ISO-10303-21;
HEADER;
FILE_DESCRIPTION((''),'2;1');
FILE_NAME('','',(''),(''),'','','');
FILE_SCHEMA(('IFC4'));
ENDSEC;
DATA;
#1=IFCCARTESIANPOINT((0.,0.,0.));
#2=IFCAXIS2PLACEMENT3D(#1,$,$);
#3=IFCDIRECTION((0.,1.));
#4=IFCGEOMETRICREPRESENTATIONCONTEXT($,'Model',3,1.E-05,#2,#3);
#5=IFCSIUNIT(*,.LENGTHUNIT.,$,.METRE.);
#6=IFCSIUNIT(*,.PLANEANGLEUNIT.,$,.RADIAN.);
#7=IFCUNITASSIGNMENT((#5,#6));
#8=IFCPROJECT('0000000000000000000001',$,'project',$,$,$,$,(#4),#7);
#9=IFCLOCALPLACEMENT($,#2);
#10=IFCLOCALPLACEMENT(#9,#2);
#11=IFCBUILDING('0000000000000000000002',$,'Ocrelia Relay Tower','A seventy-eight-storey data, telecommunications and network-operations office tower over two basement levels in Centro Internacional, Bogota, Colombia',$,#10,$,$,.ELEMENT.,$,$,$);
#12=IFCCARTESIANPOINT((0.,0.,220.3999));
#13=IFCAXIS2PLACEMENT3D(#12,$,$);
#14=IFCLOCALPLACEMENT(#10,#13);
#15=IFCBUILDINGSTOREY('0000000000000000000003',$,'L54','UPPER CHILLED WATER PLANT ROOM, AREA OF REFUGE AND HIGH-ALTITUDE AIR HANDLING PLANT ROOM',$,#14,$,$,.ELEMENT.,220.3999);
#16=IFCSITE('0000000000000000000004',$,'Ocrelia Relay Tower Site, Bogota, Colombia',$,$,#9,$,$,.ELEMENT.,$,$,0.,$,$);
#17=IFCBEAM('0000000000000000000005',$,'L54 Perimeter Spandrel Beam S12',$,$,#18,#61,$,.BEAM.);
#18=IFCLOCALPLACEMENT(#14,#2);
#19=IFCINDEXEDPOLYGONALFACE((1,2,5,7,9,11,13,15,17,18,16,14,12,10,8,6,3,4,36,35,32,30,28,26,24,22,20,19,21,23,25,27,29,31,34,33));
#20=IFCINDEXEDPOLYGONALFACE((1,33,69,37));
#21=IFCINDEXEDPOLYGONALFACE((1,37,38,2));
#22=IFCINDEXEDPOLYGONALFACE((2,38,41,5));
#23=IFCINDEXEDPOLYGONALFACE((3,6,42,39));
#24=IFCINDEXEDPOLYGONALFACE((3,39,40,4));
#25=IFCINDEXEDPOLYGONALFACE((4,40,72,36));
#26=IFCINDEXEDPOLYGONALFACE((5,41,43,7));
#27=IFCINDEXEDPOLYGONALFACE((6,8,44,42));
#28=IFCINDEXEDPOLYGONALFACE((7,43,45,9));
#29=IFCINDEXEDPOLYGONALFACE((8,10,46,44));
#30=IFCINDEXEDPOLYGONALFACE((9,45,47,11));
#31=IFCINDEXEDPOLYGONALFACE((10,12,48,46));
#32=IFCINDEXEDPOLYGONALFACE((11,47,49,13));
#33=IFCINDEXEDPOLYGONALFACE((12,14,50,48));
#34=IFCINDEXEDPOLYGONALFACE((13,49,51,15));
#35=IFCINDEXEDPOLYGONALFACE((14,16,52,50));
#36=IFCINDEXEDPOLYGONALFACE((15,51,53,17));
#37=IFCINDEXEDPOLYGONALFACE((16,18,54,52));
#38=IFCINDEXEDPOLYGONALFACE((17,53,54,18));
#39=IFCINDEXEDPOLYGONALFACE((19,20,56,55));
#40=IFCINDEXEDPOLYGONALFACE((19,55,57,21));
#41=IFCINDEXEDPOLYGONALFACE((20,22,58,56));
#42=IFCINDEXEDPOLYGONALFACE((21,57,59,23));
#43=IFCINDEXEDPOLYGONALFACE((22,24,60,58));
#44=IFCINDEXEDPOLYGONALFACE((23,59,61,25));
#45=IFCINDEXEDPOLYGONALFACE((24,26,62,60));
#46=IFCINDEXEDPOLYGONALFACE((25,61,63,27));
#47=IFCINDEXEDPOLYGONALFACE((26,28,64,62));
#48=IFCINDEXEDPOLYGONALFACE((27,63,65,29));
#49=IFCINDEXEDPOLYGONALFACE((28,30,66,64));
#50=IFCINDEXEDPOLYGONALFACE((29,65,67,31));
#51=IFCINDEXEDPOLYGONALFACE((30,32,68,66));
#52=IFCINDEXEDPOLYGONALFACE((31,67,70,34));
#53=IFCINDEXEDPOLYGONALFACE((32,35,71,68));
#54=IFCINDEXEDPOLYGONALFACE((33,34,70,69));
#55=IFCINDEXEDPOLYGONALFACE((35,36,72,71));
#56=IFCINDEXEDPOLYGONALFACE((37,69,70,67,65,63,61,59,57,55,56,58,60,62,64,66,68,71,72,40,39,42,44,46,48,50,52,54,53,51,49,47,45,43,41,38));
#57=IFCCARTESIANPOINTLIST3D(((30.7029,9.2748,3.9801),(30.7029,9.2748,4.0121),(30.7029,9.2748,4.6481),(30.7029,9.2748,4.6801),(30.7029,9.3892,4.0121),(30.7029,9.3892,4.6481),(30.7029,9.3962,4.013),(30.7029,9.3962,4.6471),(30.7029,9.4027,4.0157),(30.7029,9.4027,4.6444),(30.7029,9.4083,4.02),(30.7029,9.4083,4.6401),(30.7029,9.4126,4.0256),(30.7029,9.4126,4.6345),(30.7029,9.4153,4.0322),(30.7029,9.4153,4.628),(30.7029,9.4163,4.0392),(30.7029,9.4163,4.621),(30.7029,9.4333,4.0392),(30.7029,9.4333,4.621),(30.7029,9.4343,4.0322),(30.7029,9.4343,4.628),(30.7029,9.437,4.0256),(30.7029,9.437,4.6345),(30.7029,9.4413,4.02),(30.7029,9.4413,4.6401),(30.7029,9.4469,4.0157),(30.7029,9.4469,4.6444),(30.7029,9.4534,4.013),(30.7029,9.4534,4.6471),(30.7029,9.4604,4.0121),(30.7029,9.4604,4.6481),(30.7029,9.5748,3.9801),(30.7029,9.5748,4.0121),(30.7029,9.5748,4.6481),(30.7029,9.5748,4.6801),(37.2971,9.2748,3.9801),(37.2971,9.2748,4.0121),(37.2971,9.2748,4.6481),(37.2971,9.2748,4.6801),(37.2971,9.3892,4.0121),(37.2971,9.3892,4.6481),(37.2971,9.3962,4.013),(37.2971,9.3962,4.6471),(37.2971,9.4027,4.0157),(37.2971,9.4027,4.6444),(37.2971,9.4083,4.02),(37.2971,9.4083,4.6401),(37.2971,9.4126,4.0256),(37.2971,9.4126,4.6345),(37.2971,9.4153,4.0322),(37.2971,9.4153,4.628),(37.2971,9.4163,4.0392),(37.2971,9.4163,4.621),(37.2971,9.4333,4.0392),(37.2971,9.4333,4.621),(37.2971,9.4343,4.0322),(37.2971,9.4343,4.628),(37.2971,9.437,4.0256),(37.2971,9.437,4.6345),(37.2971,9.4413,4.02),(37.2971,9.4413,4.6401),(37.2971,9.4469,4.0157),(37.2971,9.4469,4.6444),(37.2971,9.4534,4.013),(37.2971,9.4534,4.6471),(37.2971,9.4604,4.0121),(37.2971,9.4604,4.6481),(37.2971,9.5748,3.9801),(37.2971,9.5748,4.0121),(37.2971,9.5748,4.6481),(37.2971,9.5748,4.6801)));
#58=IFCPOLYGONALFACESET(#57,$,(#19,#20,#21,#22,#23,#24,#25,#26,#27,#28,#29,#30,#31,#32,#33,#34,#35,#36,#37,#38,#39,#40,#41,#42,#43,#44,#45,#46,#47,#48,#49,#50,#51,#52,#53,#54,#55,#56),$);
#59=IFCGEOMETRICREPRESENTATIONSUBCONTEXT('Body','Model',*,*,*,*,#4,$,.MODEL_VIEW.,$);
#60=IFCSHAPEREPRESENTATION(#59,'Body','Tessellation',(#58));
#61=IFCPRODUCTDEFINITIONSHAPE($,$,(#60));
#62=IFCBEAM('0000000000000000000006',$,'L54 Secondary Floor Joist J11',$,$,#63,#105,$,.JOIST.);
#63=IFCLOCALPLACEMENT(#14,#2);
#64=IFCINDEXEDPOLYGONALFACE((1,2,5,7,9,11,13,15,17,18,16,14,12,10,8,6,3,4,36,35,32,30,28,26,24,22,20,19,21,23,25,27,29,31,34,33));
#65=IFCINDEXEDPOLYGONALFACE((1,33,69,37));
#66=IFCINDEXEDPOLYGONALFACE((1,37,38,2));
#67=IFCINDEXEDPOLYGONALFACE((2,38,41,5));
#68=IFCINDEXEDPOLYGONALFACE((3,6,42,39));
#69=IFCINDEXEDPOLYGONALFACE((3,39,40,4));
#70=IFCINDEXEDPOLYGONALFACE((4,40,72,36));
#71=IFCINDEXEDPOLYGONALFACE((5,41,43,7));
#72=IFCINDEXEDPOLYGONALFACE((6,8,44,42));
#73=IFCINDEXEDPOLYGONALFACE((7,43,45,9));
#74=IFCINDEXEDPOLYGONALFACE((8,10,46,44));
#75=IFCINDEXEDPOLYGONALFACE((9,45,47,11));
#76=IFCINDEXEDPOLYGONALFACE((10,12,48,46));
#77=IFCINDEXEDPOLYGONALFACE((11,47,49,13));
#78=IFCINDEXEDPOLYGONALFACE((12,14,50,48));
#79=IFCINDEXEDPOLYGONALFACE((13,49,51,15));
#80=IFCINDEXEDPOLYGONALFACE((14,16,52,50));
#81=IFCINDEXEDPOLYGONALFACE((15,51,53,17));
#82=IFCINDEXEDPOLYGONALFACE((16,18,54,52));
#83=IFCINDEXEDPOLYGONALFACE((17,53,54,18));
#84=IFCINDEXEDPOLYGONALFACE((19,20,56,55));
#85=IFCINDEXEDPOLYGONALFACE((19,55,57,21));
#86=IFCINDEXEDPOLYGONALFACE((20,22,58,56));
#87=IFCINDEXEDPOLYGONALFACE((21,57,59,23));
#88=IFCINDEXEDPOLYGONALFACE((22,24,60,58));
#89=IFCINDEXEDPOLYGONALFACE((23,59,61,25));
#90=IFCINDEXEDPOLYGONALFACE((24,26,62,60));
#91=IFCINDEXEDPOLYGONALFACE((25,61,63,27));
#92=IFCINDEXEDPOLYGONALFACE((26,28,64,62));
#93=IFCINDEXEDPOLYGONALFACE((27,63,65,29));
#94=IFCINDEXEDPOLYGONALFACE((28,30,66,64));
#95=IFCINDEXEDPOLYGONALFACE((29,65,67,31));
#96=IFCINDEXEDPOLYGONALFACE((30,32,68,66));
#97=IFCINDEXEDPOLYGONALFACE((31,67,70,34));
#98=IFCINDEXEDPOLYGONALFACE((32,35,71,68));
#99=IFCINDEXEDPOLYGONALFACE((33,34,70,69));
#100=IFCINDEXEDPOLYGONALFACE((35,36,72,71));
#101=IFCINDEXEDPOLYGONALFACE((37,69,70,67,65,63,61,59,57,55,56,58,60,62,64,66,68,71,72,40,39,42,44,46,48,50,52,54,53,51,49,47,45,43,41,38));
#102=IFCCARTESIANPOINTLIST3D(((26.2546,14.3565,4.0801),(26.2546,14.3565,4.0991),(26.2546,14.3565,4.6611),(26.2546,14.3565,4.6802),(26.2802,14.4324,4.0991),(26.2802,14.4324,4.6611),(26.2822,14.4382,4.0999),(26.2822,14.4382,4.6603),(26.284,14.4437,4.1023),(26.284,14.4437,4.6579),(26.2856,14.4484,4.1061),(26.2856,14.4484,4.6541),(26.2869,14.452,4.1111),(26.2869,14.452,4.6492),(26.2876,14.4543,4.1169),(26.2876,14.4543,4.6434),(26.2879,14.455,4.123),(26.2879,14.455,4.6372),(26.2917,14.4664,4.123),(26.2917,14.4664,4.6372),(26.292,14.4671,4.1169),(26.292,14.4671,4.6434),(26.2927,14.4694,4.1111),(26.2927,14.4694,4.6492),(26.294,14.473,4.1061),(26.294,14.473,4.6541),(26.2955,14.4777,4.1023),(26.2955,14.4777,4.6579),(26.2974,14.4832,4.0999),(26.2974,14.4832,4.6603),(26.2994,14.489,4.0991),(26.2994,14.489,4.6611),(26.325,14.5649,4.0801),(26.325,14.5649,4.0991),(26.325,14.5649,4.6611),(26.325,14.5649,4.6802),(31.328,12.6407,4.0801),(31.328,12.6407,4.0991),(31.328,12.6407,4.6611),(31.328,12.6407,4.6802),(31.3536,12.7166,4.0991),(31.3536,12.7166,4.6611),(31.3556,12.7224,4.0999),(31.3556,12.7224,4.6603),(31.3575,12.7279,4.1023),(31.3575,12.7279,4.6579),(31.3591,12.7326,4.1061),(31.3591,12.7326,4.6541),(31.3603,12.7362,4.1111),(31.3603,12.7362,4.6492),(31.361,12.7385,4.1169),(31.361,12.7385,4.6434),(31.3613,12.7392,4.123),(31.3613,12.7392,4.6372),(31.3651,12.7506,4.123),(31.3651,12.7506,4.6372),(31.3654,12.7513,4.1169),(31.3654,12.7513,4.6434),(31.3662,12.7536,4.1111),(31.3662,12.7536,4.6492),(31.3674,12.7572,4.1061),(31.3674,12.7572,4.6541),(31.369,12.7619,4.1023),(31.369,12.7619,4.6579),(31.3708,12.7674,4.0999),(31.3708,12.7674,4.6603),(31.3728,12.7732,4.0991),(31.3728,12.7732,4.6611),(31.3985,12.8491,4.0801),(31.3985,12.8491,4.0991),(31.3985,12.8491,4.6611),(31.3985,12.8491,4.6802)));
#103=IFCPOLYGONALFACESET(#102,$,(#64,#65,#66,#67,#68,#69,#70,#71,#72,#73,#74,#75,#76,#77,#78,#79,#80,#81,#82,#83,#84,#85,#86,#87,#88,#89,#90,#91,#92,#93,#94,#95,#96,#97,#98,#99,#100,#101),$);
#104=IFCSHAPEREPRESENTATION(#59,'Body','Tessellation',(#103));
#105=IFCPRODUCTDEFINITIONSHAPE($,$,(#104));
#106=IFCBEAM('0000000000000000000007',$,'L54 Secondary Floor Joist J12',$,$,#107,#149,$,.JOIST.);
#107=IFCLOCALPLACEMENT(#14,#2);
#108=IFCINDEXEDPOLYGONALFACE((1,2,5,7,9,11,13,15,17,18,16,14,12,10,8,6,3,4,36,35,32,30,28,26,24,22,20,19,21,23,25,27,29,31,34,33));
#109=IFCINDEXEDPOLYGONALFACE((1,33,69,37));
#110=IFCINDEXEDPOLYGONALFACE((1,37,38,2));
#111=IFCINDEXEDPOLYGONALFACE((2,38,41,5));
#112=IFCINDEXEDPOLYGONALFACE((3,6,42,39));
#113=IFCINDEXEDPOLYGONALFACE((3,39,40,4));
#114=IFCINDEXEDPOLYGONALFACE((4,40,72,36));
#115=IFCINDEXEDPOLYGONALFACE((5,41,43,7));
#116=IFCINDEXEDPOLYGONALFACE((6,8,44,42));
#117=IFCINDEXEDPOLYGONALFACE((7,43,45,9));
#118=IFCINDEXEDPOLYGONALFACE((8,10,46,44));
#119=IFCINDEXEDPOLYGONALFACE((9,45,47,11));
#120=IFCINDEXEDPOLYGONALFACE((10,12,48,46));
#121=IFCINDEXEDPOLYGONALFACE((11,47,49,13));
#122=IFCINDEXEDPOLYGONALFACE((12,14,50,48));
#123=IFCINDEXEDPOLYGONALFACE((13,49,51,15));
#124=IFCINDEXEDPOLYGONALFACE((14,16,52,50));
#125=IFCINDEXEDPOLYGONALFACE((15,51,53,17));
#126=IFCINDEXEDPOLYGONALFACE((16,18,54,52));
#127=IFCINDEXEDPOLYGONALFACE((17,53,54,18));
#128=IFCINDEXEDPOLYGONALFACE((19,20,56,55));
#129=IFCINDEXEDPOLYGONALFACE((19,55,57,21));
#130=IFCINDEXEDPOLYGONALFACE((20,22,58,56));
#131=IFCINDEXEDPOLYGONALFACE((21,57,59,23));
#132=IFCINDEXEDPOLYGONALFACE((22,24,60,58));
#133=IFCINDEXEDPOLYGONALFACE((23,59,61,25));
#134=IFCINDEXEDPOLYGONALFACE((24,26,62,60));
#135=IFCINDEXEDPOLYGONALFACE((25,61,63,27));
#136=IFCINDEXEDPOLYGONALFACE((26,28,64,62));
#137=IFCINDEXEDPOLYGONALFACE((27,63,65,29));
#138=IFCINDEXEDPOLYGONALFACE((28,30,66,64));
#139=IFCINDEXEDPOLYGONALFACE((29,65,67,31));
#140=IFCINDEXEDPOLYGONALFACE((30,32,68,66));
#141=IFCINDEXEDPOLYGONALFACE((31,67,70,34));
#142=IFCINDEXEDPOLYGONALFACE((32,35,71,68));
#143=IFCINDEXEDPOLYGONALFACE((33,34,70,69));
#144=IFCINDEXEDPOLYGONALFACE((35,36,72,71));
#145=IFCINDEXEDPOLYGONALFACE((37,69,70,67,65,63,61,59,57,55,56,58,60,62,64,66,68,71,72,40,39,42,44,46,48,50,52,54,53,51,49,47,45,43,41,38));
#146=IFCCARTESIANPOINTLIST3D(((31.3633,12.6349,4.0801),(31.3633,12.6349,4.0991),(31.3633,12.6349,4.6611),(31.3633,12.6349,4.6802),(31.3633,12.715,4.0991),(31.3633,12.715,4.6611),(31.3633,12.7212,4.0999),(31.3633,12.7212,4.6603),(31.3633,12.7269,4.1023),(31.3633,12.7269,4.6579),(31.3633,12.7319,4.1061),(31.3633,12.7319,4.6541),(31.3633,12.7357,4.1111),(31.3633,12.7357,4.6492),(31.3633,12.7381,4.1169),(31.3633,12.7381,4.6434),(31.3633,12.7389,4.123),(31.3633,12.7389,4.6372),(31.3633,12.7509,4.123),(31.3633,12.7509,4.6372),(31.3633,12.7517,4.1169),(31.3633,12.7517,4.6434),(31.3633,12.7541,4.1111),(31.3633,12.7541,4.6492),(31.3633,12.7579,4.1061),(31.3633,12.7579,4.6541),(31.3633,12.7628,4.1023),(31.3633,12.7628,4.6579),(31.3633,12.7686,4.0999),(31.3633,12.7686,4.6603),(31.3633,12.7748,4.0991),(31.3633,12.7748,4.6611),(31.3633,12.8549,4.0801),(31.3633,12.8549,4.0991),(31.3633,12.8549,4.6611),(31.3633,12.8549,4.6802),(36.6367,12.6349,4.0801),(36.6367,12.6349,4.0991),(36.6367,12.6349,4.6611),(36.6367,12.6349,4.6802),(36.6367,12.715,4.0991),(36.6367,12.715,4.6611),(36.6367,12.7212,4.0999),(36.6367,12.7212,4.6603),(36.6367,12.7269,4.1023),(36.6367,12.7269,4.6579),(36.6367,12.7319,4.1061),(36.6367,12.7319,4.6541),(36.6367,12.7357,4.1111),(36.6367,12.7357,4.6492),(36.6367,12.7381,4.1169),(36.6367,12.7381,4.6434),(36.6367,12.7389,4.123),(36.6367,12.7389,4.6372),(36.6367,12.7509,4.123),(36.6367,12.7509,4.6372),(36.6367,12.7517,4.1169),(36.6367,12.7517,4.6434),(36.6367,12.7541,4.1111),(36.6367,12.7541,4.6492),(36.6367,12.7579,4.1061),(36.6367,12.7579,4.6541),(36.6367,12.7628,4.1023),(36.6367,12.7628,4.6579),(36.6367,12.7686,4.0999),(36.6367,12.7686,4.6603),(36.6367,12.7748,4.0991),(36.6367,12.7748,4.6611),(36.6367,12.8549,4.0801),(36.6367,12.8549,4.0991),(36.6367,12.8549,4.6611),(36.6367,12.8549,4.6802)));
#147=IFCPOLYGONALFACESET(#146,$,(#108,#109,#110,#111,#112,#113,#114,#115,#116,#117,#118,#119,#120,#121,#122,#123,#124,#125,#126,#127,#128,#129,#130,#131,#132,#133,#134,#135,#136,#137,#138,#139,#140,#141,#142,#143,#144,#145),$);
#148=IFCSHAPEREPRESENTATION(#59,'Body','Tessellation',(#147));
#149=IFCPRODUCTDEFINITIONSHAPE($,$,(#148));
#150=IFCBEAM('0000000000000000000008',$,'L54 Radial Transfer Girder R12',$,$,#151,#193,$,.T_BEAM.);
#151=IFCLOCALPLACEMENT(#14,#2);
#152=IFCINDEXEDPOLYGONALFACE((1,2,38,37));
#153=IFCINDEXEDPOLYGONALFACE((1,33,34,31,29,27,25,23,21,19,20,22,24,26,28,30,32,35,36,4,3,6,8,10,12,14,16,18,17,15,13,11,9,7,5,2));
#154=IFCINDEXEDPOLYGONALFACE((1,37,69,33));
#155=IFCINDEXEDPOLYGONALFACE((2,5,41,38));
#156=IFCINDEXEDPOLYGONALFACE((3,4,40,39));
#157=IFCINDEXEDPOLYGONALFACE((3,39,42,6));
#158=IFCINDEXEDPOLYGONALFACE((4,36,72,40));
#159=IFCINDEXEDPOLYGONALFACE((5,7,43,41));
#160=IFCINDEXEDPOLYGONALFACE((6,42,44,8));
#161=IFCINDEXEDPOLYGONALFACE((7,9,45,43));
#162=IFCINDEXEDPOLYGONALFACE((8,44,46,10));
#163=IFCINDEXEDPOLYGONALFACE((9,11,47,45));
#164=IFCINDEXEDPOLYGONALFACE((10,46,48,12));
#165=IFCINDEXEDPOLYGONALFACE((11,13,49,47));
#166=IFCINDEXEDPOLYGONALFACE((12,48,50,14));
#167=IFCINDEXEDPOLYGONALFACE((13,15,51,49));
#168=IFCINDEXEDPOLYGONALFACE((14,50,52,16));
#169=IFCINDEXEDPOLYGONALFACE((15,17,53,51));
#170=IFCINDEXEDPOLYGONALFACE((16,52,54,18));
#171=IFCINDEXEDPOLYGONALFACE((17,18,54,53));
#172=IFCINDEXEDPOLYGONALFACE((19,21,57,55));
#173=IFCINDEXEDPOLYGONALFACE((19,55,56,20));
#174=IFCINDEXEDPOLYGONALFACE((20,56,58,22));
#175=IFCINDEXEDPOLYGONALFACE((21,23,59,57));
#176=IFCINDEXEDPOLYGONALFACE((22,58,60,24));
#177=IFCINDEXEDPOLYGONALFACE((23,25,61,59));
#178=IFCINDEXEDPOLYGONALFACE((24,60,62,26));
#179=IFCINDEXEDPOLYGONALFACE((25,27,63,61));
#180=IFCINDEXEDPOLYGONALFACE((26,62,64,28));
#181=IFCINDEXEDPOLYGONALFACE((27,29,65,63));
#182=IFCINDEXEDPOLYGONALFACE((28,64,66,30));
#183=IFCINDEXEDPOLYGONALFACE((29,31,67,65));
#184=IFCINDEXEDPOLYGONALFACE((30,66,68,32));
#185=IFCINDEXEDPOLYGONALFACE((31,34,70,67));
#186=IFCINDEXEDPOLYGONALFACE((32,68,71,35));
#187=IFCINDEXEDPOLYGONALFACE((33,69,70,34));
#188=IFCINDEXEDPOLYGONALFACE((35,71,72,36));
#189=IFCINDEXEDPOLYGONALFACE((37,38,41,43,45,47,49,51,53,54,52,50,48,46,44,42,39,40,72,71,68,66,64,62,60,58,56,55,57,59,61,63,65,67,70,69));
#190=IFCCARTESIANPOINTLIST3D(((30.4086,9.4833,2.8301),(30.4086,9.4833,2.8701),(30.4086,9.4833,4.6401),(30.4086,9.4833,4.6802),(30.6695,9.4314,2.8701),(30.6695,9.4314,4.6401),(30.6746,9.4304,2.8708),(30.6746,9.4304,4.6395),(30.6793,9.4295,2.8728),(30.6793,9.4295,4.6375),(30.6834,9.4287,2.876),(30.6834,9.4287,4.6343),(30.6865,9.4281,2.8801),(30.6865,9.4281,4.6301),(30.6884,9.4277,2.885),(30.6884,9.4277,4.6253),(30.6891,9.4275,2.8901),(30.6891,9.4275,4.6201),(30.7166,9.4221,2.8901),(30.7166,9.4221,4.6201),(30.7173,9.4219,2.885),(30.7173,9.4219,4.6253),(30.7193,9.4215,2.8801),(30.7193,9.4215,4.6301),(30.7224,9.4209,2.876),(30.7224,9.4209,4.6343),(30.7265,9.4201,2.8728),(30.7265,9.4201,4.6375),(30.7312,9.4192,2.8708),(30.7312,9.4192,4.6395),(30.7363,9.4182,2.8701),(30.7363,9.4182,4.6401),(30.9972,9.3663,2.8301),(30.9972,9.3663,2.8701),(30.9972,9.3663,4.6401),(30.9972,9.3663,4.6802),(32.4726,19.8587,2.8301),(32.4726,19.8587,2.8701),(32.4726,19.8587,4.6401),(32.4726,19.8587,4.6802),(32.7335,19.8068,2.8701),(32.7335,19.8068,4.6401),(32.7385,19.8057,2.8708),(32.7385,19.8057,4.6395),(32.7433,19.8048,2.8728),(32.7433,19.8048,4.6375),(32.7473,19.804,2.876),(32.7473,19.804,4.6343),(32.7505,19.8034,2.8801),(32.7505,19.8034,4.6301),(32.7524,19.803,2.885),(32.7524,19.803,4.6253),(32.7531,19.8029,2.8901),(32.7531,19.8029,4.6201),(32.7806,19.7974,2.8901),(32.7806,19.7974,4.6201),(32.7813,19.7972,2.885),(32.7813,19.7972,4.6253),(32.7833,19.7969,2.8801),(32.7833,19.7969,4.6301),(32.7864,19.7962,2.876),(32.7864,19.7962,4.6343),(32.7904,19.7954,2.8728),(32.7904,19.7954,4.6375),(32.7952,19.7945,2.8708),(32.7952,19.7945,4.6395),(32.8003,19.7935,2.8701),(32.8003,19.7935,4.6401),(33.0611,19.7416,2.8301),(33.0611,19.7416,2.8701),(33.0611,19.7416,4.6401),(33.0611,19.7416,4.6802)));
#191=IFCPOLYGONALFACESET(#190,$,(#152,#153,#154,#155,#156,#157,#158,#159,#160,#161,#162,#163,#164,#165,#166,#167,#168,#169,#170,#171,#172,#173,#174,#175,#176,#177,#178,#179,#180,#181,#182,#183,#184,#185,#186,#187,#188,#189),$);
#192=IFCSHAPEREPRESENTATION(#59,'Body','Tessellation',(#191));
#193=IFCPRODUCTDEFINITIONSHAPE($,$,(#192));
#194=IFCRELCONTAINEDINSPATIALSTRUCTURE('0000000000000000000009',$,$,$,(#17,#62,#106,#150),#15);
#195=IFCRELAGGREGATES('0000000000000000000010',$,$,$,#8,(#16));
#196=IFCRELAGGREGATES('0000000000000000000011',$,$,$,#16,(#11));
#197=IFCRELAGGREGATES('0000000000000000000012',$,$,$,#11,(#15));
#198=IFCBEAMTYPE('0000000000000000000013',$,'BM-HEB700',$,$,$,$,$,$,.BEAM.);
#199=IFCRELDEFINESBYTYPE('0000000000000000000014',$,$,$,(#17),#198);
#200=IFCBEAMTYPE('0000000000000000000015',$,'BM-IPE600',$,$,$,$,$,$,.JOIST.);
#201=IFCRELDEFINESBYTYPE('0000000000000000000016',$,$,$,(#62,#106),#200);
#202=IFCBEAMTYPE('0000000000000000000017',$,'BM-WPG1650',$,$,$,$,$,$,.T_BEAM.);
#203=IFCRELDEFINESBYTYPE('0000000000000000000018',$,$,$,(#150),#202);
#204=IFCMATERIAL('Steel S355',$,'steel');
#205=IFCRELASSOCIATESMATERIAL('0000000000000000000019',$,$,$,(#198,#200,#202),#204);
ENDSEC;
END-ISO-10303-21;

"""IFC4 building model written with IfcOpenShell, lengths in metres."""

from ifc_helpers import new_model, si_unit, direction, frame, origin, origin_2d, place, context, subcontext, project, spatial, i_section, extrude, material, material_profile, profile_set, type_object, element, save


model = new_model("IFC4")

# Units and contexts
model_context = context("Model", 3, precision=1e-05, world=origin(), true_north=direction((0.0, 1.0)))
body_context = subcontext(model_context, "Body", "Model", "MODEL_VIEW")
ifc_project = project(units=[si_unit("LENGTHUNIT", "METRE"), si_unit("PLANEANGLEUNIT", "RADIAN")], contexts=[model_context])

# Site, building, storey
site_placement = place(None, origin())
site = spatial("IfcSite", under=ifc_project, at=site_placement, Name="Ocrelia Relay Tower Site, Bogota, Colombia", CompositionType="ELEMENT", RefElevation=0.0)
building_placement = place(site_placement, origin())
building = spatial("IfcBuilding", under=site, at=building_placement, Name="Ocrelia Relay Tower", Description="A seventy-eight-storey data, telecommunications and network-operations office tower over two basement levels in Centro Internacional, Bogota, Colombia", CompositionType="ELEMENT")
storey_placement = place(building_placement, frame((0.0, 0.0, 220.3999)))
storey = spatial("IfcBuildingStorey", under=building, at=storey_placement, Name="L54", Description="UPPER CHILLED WATER PLANT ROOM, AREA OF REFUGE AND HIGH-ALTITUDE AIR HANDLING PLANT ROOM", CompositionType="ELEMENT", Elevation=220.3999)

# Beams
ifc_material_1 = material(Name="Steel S355", Category="steel")
ifc_material_profile_1 = material_profile(ifc_material_1, i_section(OverallWidth=0.3, OverallDepth=0.7, WebThickness=0.0171, FlangeThickness=0.032, FilletRadius=0.0271, at=origin_2d()), Name="HEB 700")
ifc_profile_set_1 = profile_set([ifc_material_profile_1], Name="Steel S355")
beam_type_1 = type_object("IfcBeamType", Name="BM-HEB700", PredefinedType="BEAM", material=ifc_profile_set_1)
beam_1_placement = place(storey_placement, frame((30.7029, 9.4248, 4.3301), z_axis=(1.0, 0.0, 0.0), x_axis=(0.0, 1.0, 0.0)))
element("IfcBeam", 1, at=beam_1_placement, inside=storey, type_object=beam_type_1, Name="L54 Perimeter Spandrel Beam S12", PredefinedType="BEAM", context=body_context, shape_type="SweptSolid", body=[
    extrude(i_section(OverallWidth=0.3, OverallDepth=0.7, WebThickness=0.0171, FlangeThickness=0.032, FilletRadius=0.0271, at=origin_2d()), origin(), (0.0, 0.0, 1.0), 6.5942),
])
ifc_material_profile_2 = material_profile(ifc_material_1, i_section(OverallWidth=0.22, OverallDepth=0.6001, WebThickness=0.012, FlangeThickness=0.019, FilletRadius=0.0239, at=origin_2d()), Name="IPE 600")
ifc_profile_set_2 = profile_set([ifc_material_profile_2], Name="Steel S355")
beam_type_2 = type_object("IfcBeamType", Name="BM-IPE600", PredefinedType="JOIST", material=ifc_profile_set_2)
beam_2_placement = place(storey_placement, frame((26.2898, 14.4607, 4.3801), z_axis=(0.947293, -0.320368, 0.0), x_axis=(0.320368, 0.947293, 0.0)))
element("IfcBeam", 2, at=beam_2_placement, inside=storey, type_object=beam_type_2, Name="L54 Secondary Floor Joist J11", PredefinedType="JOIST", context=body_context, shape_type="SweptSolid", body=[
    extrude(i_section(OverallWidth=0.22, OverallDepth=0.6001, WebThickness=0.012, FlangeThickness=0.019, FilletRadius=0.0239, at=origin_2d()), origin(), (0.0, 0.0, 1.0), 5.3557),
])
beam_3_placement = place(storey_placement, frame((31.3633, 12.7449, 4.3801), z_axis=(1.0, 0.0, 0.0), x_axis=(0.0, 1.0, 0.0)))
element("IfcBeam", 3, at=beam_3_placement, inside=storey, type_object=beam_type_2, Name="L54 Secondary Floor Joist J12", PredefinedType="JOIST", context=body_context, shape_type="SweptSolid", body=[
    extrude(i_section(OverallWidth=0.22, OverallDepth=0.6001, WebThickness=0.012, FlangeThickness=0.019, FilletRadius=0.0239, at=origin_2d()), origin(), (0.0, 0.0, 1.0), 5.2734),
])
ifc_material_profile_3 = material_profile(ifc_material_1, i_section(OverallWidth=0.6001, OverallDepth=1.8501, WebThickness=0.0281, FlangeThickness=0.04, FilletRadius=0.02, at=origin_2d()), Name="WPG 1850x600")
ifc_profile_set_3 = profile_set([ifc_material_profile_3], Name="Steel S355")
beam_type_3 = type_object("IfcBeamType", Name="BM-WPG1650", PredefinedType="T_BEAM", material=ifc_profile_set_3)
beam_4_placement = place(storey_placement, frame((30.7029, 9.4248, 3.7551), z_axis=(0.195109, 0.980782, 0.0), x_axis=(-0.980782, 0.195109, 0.0)))
element("IfcBeam", 4, at=beam_4_placement, inside=storey, type_object=beam_type_3, Name="L54 Radial Transfer Girder R12", PredefinedType="T_BEAM", context=body_context, shape_type="SweptSolid", body=[
    extrude(i_section(OverallWidth=0.6001, OverallDepth=1.8501, WebThickness=0.0281, FlangeThickness=0.04, FilletRadius=0.02, at=origin_2d()), origin(), (0.0, 0.0, 1.0), 10.5786),
])

save(model, "model.ifc")
